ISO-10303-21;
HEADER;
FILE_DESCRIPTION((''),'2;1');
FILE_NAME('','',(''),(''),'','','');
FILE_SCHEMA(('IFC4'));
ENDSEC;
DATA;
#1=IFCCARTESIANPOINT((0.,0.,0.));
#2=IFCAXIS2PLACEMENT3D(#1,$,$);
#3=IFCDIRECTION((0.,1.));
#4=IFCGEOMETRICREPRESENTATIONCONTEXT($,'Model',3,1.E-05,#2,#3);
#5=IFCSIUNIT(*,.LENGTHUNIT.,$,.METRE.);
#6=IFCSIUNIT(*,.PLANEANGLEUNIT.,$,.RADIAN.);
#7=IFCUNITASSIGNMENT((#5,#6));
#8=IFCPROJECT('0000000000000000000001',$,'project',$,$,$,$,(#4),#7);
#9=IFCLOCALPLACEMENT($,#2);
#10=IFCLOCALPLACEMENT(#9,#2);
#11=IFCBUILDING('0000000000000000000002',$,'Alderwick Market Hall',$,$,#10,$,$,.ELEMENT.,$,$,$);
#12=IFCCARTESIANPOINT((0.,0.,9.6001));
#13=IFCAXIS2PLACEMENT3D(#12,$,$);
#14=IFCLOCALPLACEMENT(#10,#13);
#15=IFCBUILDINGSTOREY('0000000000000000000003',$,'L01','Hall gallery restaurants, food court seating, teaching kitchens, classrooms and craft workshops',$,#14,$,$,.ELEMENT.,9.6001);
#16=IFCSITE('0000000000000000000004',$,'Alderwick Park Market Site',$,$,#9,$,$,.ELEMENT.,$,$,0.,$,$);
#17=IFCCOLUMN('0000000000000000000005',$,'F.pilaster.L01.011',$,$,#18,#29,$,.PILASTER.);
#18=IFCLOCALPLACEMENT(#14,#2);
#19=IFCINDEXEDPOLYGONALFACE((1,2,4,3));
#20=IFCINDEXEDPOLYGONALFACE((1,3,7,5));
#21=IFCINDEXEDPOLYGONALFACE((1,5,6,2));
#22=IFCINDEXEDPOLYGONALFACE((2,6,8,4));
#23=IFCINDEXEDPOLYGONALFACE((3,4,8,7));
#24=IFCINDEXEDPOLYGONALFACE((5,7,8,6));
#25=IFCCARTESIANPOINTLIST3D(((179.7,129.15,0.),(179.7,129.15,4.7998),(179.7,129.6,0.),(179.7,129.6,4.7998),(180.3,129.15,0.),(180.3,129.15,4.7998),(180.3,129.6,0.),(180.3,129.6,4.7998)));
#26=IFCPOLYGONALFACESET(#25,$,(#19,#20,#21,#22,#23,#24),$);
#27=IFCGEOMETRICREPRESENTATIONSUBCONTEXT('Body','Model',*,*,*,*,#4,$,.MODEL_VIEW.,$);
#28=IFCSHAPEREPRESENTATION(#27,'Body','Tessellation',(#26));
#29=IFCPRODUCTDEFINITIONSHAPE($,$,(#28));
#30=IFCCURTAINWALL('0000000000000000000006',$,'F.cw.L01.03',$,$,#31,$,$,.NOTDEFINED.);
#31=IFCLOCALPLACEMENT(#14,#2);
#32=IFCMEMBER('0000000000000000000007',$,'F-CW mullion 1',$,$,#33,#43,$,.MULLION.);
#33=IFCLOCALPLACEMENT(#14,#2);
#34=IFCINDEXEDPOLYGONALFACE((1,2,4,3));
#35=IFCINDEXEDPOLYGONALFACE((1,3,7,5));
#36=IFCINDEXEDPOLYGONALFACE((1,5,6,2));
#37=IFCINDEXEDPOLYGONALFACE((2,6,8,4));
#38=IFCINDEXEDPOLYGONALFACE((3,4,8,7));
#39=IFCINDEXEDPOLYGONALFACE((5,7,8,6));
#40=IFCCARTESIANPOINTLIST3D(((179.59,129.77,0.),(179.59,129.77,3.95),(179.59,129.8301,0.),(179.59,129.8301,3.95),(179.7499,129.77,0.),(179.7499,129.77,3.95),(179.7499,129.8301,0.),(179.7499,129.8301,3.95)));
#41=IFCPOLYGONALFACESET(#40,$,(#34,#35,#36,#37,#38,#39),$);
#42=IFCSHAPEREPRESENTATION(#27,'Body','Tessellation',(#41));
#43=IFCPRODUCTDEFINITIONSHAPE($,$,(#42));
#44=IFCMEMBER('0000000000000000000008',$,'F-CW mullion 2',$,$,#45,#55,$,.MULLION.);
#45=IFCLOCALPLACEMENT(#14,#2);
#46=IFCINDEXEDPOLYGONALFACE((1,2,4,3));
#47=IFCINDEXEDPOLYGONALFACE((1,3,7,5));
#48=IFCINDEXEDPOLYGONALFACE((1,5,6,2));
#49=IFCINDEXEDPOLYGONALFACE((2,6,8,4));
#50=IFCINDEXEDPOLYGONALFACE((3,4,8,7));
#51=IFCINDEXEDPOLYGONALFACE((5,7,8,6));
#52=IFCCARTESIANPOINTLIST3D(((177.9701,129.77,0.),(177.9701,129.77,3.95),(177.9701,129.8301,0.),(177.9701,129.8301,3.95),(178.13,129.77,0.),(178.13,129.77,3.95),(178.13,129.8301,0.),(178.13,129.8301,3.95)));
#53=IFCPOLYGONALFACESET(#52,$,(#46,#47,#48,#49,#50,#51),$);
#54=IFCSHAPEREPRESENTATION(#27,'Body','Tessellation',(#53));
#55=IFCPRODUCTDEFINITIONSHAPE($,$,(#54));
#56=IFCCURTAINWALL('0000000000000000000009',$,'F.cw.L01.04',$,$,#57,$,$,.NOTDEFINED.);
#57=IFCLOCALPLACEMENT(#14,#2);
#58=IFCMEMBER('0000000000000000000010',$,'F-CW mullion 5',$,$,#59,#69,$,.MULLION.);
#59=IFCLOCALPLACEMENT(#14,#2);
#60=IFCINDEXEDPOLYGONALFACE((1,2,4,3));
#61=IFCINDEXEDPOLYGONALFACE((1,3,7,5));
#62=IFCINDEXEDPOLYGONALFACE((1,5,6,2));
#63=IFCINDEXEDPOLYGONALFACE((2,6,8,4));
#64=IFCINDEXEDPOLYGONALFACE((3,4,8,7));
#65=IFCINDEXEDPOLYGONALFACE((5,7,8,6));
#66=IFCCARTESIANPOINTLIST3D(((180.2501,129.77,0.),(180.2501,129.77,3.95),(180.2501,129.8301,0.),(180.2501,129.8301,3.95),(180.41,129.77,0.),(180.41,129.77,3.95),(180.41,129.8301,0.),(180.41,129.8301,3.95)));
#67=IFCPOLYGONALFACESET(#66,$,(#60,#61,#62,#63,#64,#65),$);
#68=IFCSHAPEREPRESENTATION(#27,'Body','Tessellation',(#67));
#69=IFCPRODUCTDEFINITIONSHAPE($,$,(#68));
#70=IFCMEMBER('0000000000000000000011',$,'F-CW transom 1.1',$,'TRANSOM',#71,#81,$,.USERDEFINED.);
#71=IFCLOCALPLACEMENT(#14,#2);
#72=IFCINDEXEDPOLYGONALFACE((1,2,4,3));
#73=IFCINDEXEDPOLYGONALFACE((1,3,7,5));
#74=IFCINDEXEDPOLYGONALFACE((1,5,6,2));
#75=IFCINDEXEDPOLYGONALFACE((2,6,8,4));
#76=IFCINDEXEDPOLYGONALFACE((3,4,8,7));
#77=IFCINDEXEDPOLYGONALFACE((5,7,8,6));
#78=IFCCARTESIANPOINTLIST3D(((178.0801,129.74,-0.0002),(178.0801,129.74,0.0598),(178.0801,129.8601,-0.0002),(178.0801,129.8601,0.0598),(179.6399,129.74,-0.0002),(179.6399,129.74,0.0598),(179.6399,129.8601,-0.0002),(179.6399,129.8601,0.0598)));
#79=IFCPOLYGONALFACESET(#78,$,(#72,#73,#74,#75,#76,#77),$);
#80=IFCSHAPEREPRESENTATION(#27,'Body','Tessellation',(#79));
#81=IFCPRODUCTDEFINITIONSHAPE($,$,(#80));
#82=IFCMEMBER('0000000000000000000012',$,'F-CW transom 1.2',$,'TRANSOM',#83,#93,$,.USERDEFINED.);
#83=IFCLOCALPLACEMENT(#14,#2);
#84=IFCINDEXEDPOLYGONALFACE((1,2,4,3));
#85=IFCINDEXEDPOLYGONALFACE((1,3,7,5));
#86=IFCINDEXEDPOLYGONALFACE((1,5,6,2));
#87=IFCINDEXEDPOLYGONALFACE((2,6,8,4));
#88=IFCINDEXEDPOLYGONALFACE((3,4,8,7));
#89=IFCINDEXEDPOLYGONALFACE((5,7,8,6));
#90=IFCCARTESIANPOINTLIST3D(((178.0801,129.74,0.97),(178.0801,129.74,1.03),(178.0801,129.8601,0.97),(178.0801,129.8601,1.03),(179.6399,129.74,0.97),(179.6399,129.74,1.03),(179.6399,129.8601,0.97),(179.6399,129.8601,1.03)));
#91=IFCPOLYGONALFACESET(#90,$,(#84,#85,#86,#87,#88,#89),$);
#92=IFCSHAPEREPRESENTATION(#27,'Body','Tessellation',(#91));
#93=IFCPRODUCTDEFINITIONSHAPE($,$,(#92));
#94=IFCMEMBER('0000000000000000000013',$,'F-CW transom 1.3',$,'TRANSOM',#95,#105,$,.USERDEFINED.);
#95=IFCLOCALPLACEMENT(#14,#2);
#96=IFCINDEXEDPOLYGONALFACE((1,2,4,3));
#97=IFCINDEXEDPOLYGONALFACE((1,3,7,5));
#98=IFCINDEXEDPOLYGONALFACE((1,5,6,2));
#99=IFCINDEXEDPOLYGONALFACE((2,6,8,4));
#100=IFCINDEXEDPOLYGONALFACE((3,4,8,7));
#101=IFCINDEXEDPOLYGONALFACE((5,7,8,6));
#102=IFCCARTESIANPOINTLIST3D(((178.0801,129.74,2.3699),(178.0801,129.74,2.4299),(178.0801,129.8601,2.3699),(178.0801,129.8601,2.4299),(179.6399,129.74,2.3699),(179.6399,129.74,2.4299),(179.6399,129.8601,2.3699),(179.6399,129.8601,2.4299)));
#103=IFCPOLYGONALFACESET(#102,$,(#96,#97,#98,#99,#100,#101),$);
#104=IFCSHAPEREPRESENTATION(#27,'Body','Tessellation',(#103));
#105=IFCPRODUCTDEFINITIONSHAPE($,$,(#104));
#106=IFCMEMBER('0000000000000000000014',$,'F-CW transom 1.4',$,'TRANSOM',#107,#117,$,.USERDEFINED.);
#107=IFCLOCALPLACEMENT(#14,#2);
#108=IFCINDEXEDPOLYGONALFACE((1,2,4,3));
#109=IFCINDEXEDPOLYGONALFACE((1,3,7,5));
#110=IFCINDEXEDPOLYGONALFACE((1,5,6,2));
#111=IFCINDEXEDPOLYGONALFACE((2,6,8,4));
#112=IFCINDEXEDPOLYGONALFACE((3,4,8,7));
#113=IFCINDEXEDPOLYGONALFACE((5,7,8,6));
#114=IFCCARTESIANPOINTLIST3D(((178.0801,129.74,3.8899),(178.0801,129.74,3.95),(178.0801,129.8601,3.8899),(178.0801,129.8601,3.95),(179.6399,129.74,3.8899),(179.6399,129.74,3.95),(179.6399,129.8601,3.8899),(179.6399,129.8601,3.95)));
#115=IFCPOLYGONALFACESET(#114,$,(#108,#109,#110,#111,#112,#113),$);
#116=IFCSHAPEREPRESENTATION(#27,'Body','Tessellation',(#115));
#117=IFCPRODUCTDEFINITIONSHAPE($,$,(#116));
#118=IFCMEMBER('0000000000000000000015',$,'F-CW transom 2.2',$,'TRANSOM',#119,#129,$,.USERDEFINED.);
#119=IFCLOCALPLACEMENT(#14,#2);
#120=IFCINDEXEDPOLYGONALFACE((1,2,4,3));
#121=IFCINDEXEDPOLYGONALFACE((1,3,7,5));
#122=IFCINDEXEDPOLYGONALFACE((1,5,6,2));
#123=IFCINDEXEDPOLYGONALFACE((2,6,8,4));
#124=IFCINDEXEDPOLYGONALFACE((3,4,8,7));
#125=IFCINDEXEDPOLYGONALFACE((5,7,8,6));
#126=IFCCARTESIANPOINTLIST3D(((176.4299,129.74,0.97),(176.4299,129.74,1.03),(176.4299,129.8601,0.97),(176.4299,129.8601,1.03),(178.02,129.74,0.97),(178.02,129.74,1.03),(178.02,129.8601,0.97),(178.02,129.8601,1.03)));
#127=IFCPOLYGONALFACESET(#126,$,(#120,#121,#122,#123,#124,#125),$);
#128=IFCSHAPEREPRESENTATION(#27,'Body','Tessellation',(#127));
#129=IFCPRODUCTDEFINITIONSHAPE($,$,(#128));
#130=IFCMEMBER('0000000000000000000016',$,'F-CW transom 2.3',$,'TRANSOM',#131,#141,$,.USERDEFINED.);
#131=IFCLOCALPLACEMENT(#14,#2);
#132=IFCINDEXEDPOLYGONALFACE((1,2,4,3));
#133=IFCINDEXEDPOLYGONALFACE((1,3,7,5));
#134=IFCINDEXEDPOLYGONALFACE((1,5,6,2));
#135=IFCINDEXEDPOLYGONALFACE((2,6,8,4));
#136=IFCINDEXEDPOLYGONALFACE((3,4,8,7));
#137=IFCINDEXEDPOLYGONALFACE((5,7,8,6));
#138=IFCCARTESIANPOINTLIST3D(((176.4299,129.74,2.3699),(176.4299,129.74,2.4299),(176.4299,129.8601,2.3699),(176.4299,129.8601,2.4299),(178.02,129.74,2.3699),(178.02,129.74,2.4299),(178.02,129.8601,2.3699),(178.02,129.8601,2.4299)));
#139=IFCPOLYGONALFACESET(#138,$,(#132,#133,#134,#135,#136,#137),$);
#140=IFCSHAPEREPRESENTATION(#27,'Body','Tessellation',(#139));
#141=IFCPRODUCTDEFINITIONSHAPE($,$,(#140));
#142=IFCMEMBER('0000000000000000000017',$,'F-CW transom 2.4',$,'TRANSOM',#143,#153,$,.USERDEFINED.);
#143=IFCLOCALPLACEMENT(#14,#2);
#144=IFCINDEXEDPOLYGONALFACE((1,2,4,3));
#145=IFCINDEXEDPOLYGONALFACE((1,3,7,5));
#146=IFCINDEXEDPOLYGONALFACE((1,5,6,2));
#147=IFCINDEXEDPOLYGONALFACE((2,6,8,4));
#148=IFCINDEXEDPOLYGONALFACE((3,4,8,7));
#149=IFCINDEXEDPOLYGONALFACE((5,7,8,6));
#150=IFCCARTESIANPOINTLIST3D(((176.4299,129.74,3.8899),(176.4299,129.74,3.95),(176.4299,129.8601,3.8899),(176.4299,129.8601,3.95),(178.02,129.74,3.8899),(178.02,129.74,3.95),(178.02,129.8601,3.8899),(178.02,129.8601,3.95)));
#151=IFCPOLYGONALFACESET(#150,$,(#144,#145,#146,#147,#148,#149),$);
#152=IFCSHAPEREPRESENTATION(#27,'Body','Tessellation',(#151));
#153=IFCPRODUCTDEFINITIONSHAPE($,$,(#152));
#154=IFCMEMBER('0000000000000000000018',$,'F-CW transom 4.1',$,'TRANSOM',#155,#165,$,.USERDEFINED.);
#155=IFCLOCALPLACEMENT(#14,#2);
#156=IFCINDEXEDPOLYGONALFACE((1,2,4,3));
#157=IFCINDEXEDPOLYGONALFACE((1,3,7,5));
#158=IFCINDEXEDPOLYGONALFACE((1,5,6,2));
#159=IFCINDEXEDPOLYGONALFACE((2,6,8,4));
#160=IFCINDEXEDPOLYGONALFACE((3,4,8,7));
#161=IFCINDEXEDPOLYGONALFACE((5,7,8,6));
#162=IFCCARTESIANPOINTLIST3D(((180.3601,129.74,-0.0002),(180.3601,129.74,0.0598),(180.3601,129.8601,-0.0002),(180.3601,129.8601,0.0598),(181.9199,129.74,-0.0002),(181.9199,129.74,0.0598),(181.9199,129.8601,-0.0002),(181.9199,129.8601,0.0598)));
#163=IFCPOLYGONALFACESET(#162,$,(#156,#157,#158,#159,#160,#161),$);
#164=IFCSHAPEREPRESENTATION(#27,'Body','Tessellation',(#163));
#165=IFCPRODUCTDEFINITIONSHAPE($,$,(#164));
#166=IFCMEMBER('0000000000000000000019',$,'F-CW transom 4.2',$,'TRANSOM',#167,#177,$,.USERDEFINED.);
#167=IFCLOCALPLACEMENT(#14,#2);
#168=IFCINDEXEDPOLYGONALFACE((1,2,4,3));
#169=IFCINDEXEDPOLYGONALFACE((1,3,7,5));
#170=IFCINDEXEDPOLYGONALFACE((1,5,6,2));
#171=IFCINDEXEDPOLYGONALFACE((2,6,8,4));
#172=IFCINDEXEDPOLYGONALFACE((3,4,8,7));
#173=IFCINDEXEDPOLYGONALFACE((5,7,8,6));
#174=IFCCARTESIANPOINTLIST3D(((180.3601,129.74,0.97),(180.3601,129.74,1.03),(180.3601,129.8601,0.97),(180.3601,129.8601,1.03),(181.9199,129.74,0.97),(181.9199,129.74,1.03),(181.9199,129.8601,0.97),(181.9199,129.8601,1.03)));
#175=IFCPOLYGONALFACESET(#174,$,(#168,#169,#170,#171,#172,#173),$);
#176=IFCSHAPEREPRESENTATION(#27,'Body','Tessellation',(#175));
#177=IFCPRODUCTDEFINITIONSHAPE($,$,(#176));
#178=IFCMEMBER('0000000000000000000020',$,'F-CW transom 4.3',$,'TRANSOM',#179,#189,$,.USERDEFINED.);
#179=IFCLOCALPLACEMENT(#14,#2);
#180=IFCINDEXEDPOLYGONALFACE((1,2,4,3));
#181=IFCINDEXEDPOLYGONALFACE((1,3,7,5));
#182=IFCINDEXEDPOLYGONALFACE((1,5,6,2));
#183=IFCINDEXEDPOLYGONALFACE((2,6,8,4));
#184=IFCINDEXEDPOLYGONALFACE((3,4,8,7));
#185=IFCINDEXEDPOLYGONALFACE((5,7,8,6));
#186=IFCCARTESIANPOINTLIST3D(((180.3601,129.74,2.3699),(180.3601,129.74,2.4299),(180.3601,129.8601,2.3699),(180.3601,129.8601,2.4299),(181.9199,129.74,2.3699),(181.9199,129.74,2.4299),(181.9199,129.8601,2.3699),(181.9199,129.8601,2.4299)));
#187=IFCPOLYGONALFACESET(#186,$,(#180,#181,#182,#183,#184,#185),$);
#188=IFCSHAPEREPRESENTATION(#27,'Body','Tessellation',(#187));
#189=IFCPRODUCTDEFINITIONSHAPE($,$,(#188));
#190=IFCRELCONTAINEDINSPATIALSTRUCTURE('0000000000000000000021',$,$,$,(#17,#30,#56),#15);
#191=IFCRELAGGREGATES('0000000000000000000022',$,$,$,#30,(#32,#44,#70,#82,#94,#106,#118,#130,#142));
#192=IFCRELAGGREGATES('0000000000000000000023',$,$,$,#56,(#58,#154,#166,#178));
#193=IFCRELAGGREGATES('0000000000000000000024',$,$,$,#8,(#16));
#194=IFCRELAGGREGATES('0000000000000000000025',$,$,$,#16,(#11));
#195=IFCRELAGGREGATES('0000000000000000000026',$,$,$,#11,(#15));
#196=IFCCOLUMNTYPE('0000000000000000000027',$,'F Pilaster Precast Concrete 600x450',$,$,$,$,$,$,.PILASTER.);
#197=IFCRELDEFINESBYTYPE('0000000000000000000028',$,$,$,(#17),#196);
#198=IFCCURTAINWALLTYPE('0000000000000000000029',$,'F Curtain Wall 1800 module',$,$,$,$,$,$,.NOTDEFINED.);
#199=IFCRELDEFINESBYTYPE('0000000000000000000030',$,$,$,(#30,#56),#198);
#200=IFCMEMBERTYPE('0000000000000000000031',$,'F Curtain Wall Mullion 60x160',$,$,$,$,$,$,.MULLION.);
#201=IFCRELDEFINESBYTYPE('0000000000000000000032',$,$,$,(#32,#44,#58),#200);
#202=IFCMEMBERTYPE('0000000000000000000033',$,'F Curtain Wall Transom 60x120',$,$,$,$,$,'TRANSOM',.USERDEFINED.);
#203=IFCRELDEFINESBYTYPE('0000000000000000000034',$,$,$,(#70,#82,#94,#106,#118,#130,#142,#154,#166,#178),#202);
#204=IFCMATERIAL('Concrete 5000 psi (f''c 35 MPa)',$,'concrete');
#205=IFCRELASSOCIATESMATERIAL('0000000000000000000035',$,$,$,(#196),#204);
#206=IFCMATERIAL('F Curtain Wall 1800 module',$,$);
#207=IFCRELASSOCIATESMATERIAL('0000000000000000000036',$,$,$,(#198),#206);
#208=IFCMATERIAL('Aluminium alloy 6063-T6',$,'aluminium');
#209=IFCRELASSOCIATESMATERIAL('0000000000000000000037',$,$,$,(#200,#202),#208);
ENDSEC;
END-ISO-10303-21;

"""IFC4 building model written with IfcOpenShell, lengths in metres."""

from ifc_helpers import new_model, si_unit, direction, frame, origin, origin_2d, place, context, subcontext, project, spatial, rectangle, extrude, material, material_profile, profile_set, type_object, element, aggregate, save


model = new_model("IFC4")

# Units and contexts
model_context = context("Model", 3, precision=1e-05, world=origin(), true_north=direction((0.0, 1.0)))
body_context = subcontext(model_context, "Body", "Model", "MODEL_VIEW")
ifc_project = project(units=[si_unit("LENGTHUNIT", "METRE"), si_unit("PLANEANGLEUNIT", "RADIAN")], contexts=[model_context])

# Site, building, storey
site_placement = place(None, origin())
site = spatial("IfcSite", under=ifc_project, at=site_placement, Name="Alderwick Park Market Site", CompositionType="ELEMENT", RefElevation=0.0)
building_placement = place(site_placement, origin())
building = spatial("IfcBuilding", under=site, at=building_placement, Name="Alderwick Market Hall", CompositionType="ELEMENT")
storey_placement = place(building_placement, frame((0.0, 0.0, 9.6001)))
storey = spatial("IfcBuildingStorey", under=building, at=storey_placement, Name="L01", Description="Hall gallery restaurants, food court seating, teaching kitchens, classrooms and craft workshops", CompositionType="ELEMENT", Elevation=9.6001)

# Column
ifc_material_1 = material(Name="Concrete 5000 psi (f'c 35 MPa)", Category="concrete")
ifc_material_profile_1 = material_profile(ifc_material_1, rectangle(XDim=0.6001, YDim=0.45, at=origin_2d()), Name="PC 600x450")
ifc_profile_set_1 = profile_set([ifc_material_profile_1], Name="Concrete 5000 psi (f'c 35 MPa)")
column_type = type_object("IfcColumnType", Name="F Pilaster Precast Concrete 600x450", PredefinedType="PILASTER", material=ifc_profile_set_1)
column_placement = place(storey_placement, frame((180.0, 129.375, 0.0), z_axis=(0.0, 0.0, 1.0), x_axis=(1.0, 0.0, 0.0)))
element("IfcColumn", 1, at=column_placement, inside=storey, type_object=column_type, Name="F.pilaster.L01.011", PredefinedType="PILASTER", context=body_context, shape_type="SweptSolid", body=[
    extrude(rectangle(XDim=0.6001, YDim=0.45, at=origin_2d()), origin(), (0.0, 0.0, 1.0), 4.7998),
])

# Curtain wall, members
ifc_material_2 = material(Name="F Curtain Wall 1800 module")
curtain_wall_type = type_object("IfcCurtainWallType", Name="F Curtain Wall 1800 module", PredefinedType="NOTDEFINED", material=ifc_material_2)
curtain_wall_1_placement = place(storey_placement, origin())
curtain_wall_1 = element("IfcCurtainWall", 2, at=curtain_wall_1_placement, inside=storey, type_object=curtain_wall_type, Name="F.cw.L01.03", PredefinedType="NOTDEFINED")
ifc_material_3 = material(Name="Aluminium alloy 6063-T6", Category="aluminium")
ifc_material_profile_2 = material_profile(ifc_material_3, rectangle(XDim=0.0601, YDim=0.1599, at=origin_2d()), Name="AL 60x160")
ifc_profile_set_2 = profile_set([ifc_material_profile_2], Name="Aluminium alloy 6063-T6")
member_type_1 = type_object("IfcMemberType", Name="F Curtain Wall Mullion 60x160", PredefinedType="MULLION", material=ifc_profile_set_2)
member_1_placement = place(storey_placement, frame((179.6699, 129.8, 0.0), z_axis=(0.0, 0.0, 1.0), x_axis=(0.0, -1.0, 0.0)))
member_1 = element("IfcMember", 3, at=member_1_placement, type_object=member_type_1, Name="F-CW mullion 1", PredefinedType="MULLION", context=body_context, shape_type="SweptSolid", body=[
    extrude(rectangle(XDim=0.0601, YDim=0.1599, at=origin_2d()), origin(), (0.0, 0.0, 1.0), 3.95),
])
member_2_placement = place(storey_placement, frame((178.05, 129.8, 0.0), z_axis=(0.0, 0.0, 1.0), x_axis=(0.0, -1.0, 0.0)))
member_2 = element("IfcMember", 4, at=member_2_placement, type_object=member_type_1, Name="F-CW mullion 2", PredefinedType="MULLION", context=body_context, shape_type="SweptSolid", body=[
    extrude(rectangle(XDim=0.0601, YDim=0.1599, at=origin_2d()), origin(), (0.0, 0.0, 1.0), 3.95),
])

# Curtain wall, member
curtain_wall_2_placement = place(storey_placement, origin())
curtain_wall_2 = element("IfcCurtainWall", 5, at=curtain_wall_2_placement, inside=storey, type_object=curtain_wall_type, Name="F.cw.L01.04", PredefinedType="NOTDEFINED")
member_3_placement = place(storey_placement, frame((180.3301, 129.8, 0.0), z_axis=(0.0, 0.0, 1.0), x_axis=(0.0, -1.0, 0.0)))
member_3 = element("IfcMember", 6, at=member_3_placement, type_object=member_type_1, Name="F-CW mullion 5", PredefinedType="MULLION", context=body_context, shape_type="SweptSolid", body=[
    extrude(rectangle(XDim=0.0601, YDim=0.1599, at=origin_2d()), origin(), (0.0, 0.0, 1.0), 3.95),
])

# Members
ifc_material_profile_3 = material_profile(ifc_material_3, rectangle(XDim=0.1201, YDim=0.0601, at=origin_2d()), Name="AL 60x120")
ifc_profile_set_3 = profile_set([ifc_material_profile_3], Name="Aluminium alloy 6063-T6")
member_type_2 = type_object("IfcMemberType", Name="F Curtain Wall Transom 60x120", ElementType="TRANSOM", PredefinedType="USERDEFINED", material=ifc_profile_set_3)
member_4_placement = place(storey_placement, frame((179.6399, 129.8, 0.0298), z_axis=(-1.0, 0.0, 0.0), x_axis=(0.0, -1.0, 0.0)))
member_4 = element("IfcMember", 7, at=member_4_placement, type_object=member_type_2, Name="F-CW transom 1.1", ObjectType="TRANSOM", PredefinedType="USERDEFINED", context=body_context, shape_type="SweptSolid", body=[
    extrude(rectangle(XDim=0.1201, YDim=0.0601, at=origin_2d()), origin(), (0.0, 0.0, 1.0), 1.5598),
])
member_5_placement = place(storey_placement, frame((179.6399, 129.8, 1.0), z_axis=(-1.0, 0.0, 0.0), x_axis=(0.0, -1.0, 0.0)))
member_5 = element("IfcMember", 8, at=member_5_placement, type_object=member_type_2, Name="F-CW transom 1.2", ObjectType="TRANSOM", PredefinedType="USERDEFINED", context=body_context, shape_type="SweptSolid", body=[
    extrude(rectangle(XDim=0.1201, YDim=0.0601, at=origin_2d()), origin(), (0.0, 0.0, 1.0), 1.5598),
])
member_6_placement = place(storey_placement, frame((179.6399, 129.8, 2.3999), z_axis=(-1.0, 0.0, 0.0), x_axis=(0.0, -1.0, 0.0)))
member_6 = element("IfcMember", 9, at=member_6_placement, type_object=member_type_2, Name="F-CW transom 1.3", ObjectType="TRANSOM", PredefinedType="USERDEFINED", context=body_context, shape_type="SweptSolid", body=[
    extrude(rectangle(XDim=0.1201, YDim=0.0601, at=origin_2d()), origin(), (0.0, 0.0, 1.0), 1.5598),
])
member_7_placement = place(storey_placement, frame((179.6399, 129.8, 3.9199), z_axis=(-1.0, 0.0, 0.0), x_axis=(0.0, -1.0, 0.0)))
member_7 = element("IfcMember", 10, at=member_7_placement, type_object=member_type_2, Name="F-CW transom 1.4", ObjectType="TRANSOM", PredefinedType="USERDEFINED", context=body_context, shape_type="SweptSolid", body=[
    extrude(rectangle(XDim=0.1201, YDim=0.0601, at=origin_2d()), origin(), (0.0, 0.0, 1.0), 1.5598),
])
member_8_placement = place(storey_placement, frame((178.02, 129.8, 1.0), z_axis=(-1.0, 0.0, 0.0), x_axis=(0.0, -1.0, 0.0)))
member_8 = element("IfcMember", 11, at=member_8_placement, type_object=member_type_2, Name="F-CW transom 2.2", ObjectType="TRANSOM", PredefinedType="USERDEFINED", context=body_context, shape_type="SweptSolid", body=[
    extrude(rectangle(XDim=0.1201, YDim=0.0601, at=origin_2d()), origin(), (0.0, 0.0, 1.0), 1.5901),
])
member_9_placement = place(storey_placement, frame((178.02, 129.8, 2.3999), z_axis=(-1.0, 0.0, 0.0), x_axis=(0.0, -1.0, 0.0)))
member_9 = element("IfcMember", 12, at=member_9_placement, type_object=member_type_2, Name="F-CW transom 2.3", ObjectType="TRANSOM", PredefinedType="USERDEFINED", context=body_context, shape_type="SweptSolid", body=[
    extrude(rectangle(XDim=0.1201, YDim=0.0601, at=origin_2d()), origin(), (0.0, 0.0, 1.0), 1.5901),
])
member_10_placement = place(storey_placement, frame((178.02, 129.8, 3.9199), z_axis=(-1.0, 0.0, 0.0), x_axis=(0.0, -1.0, 0.0)))
member_10 = element("IfcMember", 13, at=member_10_placement, type_object=member_type_2, Name="F-CW transom 2.4", ObjectType="TRANSOM", PredefinedType="USERDEFINED", context=body_context, shape_type="SweptSolid", body=[
    extrude(rectangle(XDim=0.1201, YDim=0.0601, at=origin_2d()), origin(), (0.0, 0.0, 1.0), 1.5901),
])
member_11_placement = place(storey_placement, frame((181.9199, 129.8, 0.0298), z_axis=(-1.0, 0.0, 0.0), x_axis=(0.0, -1.0, 0.0)))
member_11 = element("IfcMember", 14, at=member_11_placement, type_object=member_type_2, Name="F-CW transom 4.1", ObjectType="TRANSOM", PredefinedType="USERDEFINED", context=body_context, shape_type="SweptSolid", body=[
    extrude(rectangle(XDim=0.1201, YDim=0.0601, at=origin_2d()), origin(), (0.0, 0.0, 1.0), 1.5598),
])
member_12_placement = place(storey_placement, frame((181.9199, 129.8, 1.0), z_axis=(-1.0, 0.0, 0.0), x_axis=(0.0, -1.0, 0.0)))
member_12 = element("IfcMember", 15, at=member_12_placement, type_object=member_type_2, Name="F-CW transom 4.2", ObjectType="TRANSOM", PredefinedType="USERDEFINED", context=body_context, shape_type="SweptSolid", body=[
    extrude(rectangle(XDim=0.1201, YDim=0.0601, at=origin_2d()), origin(), (0.0, 0.0, 1.0), 1.5598),
])
member_13_placement = place(storey_placement, frame((181.9199, 129.8, 2.3999), z_axis=(-1.0, 0.0, 0.0), x_axis=(0.0, -1.0, 0.0)))
member_13 = element("IfcMember", 16, at=member_13_placement, type_object=member_type_2, Name="F-CW transom 4.3", ObjectType="TRANSOM", PredefinedType="USERDEFINED", context=body_context, shape_type="SweptSolid", body=[
    extrude(rectangle(XDim=0.1201, YDim=0.0601, at=origin_2d()), origin(), (0.0, 0.0, 1.0), 1.5598),
])

aggregate(curtain_wall_1, [member_1, member_2, member_4, member_5, member_6, member_7, member_8, member_9, member_10])
aggregate(curtain_wall_2, [member_3, member_11, member_12, member_13])

save(model, "model.ifc")
